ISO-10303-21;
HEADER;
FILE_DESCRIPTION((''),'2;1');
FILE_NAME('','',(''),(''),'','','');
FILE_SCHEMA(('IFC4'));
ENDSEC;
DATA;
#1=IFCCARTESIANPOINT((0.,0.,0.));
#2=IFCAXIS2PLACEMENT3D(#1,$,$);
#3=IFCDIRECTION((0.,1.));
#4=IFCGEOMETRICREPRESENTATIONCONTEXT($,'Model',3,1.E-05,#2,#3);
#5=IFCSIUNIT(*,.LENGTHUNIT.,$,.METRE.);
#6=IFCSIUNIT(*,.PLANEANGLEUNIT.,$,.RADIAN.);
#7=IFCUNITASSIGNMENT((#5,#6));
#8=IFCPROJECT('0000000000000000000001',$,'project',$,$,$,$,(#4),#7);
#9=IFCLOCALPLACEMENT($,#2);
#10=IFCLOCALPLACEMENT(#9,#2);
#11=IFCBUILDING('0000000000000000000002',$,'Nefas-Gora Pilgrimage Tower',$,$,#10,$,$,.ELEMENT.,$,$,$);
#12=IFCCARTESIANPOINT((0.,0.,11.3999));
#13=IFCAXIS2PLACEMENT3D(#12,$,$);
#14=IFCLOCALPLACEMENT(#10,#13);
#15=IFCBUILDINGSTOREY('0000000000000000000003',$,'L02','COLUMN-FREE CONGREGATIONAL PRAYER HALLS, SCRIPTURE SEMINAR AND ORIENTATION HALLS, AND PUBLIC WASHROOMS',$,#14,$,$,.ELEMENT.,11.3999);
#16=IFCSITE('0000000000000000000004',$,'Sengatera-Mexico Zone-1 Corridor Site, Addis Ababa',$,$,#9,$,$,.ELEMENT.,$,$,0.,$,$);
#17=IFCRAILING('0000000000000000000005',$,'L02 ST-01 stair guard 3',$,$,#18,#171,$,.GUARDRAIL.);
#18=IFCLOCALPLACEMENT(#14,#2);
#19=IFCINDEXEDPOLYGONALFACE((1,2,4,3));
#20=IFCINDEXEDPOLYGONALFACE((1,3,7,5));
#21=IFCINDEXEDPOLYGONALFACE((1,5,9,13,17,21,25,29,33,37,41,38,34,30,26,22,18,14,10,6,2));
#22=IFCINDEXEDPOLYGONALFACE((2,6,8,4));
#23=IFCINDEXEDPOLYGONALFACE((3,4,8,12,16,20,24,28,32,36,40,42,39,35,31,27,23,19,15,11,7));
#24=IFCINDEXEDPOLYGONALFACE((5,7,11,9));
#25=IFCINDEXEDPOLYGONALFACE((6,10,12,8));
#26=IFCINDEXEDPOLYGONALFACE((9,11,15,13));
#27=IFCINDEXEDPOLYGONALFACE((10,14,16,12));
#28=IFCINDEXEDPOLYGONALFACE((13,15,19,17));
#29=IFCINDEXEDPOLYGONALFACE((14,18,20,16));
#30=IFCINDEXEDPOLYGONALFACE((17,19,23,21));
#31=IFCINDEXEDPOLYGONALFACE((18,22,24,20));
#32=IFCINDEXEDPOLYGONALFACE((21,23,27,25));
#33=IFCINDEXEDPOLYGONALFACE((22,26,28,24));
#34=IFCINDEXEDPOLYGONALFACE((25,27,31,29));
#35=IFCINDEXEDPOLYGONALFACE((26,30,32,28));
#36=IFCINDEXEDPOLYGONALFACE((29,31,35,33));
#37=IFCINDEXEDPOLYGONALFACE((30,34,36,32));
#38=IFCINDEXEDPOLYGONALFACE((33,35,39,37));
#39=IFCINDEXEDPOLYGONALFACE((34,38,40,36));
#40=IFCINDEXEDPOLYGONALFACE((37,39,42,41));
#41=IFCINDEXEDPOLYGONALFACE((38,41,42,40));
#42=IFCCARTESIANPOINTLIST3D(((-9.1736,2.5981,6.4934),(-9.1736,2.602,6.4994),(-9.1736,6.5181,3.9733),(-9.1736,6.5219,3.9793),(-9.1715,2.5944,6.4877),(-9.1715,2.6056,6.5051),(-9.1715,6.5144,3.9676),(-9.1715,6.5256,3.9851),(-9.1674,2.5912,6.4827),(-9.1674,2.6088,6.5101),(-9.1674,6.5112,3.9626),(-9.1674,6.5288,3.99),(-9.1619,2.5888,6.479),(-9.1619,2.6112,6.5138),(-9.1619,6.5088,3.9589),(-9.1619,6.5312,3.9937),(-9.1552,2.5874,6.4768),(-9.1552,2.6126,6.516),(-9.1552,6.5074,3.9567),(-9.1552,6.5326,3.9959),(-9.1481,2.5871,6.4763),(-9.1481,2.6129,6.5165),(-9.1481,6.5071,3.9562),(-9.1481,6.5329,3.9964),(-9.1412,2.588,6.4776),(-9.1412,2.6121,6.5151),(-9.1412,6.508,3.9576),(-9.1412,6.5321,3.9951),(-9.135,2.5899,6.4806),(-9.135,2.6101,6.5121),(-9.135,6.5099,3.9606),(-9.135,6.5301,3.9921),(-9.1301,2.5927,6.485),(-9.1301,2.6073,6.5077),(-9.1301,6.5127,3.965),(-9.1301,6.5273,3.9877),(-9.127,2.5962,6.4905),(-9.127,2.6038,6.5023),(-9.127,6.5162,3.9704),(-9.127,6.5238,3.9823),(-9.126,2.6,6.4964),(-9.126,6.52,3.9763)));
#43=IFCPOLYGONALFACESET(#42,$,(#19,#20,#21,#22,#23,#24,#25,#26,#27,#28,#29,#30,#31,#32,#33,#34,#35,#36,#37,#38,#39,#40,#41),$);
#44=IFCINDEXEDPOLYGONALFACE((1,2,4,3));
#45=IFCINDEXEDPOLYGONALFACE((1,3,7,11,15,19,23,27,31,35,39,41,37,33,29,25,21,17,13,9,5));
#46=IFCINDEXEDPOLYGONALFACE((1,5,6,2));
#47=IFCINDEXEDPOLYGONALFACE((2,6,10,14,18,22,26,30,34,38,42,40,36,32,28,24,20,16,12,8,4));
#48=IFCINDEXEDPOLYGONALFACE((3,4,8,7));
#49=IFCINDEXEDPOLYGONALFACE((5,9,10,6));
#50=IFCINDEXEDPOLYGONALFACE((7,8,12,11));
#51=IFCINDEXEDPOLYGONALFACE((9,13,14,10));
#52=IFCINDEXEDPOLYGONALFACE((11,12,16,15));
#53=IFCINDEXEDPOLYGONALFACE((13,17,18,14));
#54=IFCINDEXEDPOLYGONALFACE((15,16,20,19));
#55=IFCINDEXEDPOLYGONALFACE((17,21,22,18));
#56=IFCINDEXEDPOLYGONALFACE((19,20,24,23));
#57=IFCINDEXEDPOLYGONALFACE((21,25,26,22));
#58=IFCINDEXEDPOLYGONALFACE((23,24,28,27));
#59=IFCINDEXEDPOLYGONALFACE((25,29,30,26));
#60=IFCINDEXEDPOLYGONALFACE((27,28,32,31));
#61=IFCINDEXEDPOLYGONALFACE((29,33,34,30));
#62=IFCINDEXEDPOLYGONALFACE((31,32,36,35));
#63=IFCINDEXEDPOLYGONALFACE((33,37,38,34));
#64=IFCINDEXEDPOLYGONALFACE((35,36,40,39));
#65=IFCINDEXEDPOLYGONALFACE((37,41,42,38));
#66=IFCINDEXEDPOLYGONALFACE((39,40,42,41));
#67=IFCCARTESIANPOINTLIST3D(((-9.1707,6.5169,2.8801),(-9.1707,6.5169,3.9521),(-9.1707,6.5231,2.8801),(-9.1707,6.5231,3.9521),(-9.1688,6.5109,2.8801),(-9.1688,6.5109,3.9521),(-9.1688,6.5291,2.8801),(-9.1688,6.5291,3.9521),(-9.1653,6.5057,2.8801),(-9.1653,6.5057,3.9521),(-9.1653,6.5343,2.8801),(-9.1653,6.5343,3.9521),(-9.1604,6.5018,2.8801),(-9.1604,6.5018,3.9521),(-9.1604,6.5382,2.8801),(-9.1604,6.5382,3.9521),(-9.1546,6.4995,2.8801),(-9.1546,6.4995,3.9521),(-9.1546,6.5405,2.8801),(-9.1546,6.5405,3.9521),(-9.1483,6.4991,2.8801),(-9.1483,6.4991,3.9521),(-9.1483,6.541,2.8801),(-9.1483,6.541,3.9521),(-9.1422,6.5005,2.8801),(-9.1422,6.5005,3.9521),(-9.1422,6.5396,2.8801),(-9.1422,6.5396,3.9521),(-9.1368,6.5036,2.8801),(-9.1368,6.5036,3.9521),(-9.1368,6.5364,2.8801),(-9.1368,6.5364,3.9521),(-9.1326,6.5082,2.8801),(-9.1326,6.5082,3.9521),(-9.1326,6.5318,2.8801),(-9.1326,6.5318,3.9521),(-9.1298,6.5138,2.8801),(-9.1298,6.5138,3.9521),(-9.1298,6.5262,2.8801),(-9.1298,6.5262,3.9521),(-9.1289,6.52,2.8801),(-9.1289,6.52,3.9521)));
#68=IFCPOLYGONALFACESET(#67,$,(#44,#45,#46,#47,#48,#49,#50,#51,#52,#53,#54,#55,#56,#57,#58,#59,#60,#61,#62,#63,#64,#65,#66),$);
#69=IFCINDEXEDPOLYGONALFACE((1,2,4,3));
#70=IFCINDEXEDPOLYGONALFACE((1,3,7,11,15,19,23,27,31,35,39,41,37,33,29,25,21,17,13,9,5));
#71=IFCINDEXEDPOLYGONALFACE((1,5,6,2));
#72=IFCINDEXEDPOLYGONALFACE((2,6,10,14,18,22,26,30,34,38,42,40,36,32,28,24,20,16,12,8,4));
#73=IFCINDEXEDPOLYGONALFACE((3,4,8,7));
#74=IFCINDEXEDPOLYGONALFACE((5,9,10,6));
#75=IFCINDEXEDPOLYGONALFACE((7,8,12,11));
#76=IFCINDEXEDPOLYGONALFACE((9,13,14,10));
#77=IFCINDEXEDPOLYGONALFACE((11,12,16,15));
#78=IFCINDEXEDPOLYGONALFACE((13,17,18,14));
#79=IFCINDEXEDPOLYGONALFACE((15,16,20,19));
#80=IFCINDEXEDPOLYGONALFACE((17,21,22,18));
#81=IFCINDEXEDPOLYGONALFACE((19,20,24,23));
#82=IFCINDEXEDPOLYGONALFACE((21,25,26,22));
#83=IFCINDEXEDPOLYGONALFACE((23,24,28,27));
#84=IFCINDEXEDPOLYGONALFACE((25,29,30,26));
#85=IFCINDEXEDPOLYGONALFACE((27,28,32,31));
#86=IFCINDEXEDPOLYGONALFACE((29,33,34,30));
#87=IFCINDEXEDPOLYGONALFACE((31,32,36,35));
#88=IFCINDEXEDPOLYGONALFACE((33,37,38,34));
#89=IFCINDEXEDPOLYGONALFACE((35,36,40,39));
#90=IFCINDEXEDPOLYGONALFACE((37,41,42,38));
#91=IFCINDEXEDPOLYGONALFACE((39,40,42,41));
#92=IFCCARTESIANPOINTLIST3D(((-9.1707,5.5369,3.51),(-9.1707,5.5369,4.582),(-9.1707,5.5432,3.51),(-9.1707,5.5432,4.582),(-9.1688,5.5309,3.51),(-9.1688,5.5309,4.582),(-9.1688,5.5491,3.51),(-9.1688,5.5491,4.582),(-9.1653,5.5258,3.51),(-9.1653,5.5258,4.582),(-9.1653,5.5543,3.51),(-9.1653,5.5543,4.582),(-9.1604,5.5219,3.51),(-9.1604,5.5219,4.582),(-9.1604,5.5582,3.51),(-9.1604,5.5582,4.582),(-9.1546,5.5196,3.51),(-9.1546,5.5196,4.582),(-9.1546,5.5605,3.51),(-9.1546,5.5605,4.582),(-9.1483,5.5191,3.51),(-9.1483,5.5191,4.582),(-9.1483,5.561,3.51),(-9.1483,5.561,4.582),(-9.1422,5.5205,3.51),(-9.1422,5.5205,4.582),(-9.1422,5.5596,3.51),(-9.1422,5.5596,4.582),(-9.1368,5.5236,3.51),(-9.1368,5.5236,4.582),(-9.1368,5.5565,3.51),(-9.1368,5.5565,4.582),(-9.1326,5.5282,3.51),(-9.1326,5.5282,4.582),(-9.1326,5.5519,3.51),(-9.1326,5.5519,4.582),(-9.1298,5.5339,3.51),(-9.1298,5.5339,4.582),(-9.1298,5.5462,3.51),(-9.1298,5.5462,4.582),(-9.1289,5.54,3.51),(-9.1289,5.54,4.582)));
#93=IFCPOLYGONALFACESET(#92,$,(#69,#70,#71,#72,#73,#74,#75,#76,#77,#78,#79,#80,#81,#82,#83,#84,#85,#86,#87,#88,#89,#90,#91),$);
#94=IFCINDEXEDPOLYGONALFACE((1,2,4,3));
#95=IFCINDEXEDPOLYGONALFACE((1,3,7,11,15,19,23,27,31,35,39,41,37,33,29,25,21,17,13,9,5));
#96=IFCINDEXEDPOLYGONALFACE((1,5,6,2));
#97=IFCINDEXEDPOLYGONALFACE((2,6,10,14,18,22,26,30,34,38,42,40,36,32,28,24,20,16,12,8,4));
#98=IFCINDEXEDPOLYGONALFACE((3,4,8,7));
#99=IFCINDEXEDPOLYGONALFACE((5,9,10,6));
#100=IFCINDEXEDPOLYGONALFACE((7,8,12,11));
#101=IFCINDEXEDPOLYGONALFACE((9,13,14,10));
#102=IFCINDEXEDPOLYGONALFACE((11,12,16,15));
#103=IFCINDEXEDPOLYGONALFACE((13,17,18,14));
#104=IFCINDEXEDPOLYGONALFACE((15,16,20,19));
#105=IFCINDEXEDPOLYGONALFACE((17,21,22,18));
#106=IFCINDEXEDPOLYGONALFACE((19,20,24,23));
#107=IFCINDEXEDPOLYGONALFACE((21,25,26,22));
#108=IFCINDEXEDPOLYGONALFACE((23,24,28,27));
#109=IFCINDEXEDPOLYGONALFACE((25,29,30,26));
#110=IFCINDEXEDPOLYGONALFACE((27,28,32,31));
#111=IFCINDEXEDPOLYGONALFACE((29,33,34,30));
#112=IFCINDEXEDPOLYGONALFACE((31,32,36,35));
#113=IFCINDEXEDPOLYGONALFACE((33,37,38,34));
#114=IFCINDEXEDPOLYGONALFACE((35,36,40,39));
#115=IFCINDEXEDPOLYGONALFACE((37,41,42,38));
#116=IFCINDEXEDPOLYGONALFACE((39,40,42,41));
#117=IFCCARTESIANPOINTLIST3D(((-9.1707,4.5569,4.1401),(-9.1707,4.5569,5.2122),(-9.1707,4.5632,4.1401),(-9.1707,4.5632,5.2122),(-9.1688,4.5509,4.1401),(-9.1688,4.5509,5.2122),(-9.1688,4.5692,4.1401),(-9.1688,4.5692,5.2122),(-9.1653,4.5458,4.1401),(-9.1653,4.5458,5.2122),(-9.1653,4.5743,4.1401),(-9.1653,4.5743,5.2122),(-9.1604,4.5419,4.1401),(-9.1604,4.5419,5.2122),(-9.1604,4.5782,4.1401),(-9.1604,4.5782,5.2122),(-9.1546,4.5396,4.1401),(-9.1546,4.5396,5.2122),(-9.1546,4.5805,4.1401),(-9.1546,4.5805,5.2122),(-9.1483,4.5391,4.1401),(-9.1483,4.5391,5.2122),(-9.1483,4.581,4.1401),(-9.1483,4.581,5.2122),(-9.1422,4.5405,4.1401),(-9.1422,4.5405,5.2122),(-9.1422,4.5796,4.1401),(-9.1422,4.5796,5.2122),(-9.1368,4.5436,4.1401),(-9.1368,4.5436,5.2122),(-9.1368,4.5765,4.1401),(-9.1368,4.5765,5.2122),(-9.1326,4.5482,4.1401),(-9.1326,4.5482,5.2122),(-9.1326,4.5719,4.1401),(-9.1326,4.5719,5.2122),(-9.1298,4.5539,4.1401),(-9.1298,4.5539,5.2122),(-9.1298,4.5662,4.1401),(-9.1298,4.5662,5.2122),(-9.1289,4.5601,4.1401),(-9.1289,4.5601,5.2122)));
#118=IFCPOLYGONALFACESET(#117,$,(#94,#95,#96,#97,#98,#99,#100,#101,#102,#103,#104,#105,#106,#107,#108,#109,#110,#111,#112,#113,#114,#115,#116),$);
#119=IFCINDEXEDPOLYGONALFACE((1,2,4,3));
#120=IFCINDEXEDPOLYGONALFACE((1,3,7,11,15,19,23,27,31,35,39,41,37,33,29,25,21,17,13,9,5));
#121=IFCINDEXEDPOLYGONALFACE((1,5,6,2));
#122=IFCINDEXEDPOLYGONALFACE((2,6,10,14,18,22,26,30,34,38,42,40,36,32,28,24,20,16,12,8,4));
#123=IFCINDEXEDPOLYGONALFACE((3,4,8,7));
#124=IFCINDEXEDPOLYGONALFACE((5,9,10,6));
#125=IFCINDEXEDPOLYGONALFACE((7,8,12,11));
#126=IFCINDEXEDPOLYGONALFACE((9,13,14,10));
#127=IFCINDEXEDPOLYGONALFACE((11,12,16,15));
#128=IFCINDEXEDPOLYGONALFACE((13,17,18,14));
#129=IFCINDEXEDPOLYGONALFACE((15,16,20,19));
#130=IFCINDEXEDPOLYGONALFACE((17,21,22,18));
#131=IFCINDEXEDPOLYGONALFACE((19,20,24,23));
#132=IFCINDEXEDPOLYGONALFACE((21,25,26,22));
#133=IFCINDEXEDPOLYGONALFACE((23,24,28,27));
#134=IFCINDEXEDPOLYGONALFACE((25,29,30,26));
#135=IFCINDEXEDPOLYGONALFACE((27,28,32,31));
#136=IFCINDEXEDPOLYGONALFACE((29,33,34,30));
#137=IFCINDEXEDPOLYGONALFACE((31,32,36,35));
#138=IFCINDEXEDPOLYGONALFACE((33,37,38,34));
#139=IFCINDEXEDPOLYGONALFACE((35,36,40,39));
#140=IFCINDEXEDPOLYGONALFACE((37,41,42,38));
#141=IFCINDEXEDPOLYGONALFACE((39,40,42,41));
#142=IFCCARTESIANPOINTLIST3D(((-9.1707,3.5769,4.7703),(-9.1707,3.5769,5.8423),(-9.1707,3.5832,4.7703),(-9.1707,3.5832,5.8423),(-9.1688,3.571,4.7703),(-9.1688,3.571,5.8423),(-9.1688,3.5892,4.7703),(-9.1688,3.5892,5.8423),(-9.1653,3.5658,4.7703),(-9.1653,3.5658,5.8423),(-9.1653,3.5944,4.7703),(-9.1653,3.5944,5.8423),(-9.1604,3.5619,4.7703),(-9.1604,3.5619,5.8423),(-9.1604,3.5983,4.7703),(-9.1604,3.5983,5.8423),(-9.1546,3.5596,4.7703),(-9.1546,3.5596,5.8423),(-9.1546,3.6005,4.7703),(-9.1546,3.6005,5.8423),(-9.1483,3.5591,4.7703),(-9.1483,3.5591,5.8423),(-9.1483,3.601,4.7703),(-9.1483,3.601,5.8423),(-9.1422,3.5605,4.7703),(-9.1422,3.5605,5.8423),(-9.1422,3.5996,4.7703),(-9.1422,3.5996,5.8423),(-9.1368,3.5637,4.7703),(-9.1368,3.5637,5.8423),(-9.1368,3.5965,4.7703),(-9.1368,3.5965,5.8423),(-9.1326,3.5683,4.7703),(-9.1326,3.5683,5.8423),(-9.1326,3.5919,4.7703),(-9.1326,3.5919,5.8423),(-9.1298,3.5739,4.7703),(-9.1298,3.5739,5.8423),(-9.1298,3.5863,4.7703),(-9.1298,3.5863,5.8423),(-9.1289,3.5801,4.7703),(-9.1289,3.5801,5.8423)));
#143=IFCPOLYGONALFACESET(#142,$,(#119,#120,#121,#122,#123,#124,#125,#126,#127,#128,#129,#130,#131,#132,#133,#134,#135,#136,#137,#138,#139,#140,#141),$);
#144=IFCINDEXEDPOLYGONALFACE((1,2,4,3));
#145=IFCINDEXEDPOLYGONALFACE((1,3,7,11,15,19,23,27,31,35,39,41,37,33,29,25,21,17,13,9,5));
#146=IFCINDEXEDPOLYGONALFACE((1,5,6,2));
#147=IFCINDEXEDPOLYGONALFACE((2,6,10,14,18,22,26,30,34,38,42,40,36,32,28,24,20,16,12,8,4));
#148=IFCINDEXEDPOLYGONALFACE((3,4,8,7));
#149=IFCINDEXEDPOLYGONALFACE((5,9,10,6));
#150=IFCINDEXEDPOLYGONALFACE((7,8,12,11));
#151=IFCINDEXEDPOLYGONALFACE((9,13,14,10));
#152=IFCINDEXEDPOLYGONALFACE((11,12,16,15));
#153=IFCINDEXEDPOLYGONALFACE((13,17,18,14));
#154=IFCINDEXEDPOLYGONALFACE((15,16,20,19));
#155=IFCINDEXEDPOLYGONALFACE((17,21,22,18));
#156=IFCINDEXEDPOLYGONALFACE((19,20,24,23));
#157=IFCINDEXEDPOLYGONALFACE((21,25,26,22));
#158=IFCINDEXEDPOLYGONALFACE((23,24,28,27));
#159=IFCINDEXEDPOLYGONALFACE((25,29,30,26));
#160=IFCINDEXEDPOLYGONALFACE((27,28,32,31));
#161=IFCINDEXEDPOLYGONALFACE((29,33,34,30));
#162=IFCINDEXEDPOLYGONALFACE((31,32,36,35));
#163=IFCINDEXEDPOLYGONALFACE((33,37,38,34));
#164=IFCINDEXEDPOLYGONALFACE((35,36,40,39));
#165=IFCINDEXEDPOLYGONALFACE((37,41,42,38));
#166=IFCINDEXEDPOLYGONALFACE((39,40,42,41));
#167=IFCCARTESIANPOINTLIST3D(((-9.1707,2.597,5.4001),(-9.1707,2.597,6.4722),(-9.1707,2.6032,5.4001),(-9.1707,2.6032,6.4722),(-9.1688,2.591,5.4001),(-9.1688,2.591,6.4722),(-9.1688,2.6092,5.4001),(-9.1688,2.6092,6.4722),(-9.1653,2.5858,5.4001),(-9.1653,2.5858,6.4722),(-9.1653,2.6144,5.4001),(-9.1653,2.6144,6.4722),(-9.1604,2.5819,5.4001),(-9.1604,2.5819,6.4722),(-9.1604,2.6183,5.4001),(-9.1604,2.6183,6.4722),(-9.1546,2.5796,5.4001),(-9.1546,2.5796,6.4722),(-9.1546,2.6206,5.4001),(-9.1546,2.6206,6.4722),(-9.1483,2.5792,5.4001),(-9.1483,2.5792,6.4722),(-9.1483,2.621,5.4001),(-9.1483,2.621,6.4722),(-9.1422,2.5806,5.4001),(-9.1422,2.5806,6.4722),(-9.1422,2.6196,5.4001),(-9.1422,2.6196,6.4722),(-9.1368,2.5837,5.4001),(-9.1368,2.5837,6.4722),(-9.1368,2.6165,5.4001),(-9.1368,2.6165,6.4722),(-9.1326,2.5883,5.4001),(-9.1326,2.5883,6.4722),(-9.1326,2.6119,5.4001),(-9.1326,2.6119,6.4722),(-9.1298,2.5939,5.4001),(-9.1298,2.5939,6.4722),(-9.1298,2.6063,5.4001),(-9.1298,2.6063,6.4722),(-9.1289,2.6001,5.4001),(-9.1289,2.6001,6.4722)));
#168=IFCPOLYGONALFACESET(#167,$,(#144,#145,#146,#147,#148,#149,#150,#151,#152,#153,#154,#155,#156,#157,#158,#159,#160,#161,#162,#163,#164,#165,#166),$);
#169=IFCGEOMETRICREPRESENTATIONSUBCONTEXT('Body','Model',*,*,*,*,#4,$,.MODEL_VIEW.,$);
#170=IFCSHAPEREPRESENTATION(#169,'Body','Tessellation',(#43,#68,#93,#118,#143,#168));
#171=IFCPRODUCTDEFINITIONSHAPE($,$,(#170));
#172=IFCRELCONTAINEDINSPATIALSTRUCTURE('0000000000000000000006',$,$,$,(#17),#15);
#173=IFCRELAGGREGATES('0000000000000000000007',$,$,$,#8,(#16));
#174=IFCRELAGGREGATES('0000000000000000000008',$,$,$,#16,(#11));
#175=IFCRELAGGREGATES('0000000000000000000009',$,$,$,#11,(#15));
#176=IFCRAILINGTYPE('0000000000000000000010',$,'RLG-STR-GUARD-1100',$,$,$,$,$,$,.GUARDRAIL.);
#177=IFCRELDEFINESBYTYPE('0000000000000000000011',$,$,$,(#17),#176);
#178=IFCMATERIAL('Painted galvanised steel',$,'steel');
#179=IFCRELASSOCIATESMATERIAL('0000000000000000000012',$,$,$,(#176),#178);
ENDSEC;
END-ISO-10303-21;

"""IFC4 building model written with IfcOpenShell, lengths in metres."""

from ifc_helpers import new_model, si_unit, direction, frame, origin, origin_2d, place, context, subcontext, project, spatial, circle, extrude, material, type_object, element, save


model = new_model("IFC4")

# Units and contexts
model_context = context("Model", 3, precision=1e-05, world=origin(), true_north=direction((0.0, 1.0)))
body_context = subcontext(model_context, "Body", "Model", "MODEL_VIEW")
ifc_project = project(units=[si_unit("LENGTHUNIT", "METRE"), si_unit("PLANEANGLEUNIT", "RADIAN")], contexts=[model_context])

# Site, building, storey
site_placement = place(None, origin())
site = spatial("IfcSite", under=ifc_project, at=site_placement, Name="Sengatera-Mexico Zone-1 Corridor Site, Addis Ababa", CompositionType="ELEMENT", RefElevation=0.0)
building_placement = place(site_placement, origin())
building = spatial("IfcBuilding", under=site, at=building_placement, Name="Nefas-Gora Pilgrimage Tower", CompositionType="ELEMENT")
storey_placement = place(building_placement, frame((0.0, 0.0, 11.3999)))
storey = spatial("IfcBuildingStorey", under=building, at=storey_placement, Name="L02", Description="COLUMN-FREE CONGREGATIONAL PRAYER HALLS, SCRIPTURE SEMINAR AND ORIENTATION HALLS, AND PUBLIC WASHROOMS", CompositionType="ELEMENT", Elevation=11.3999)

# Railing
ifc_material_1 = material(Name="Painted galvanised steel", Category="steel")
railing_type_1 = type_object("IfcRailingType", Name="RLG-STR-GUARD-1100", PredefinedType="GUARDRAIL", material=ifc_material_1)
railing_1_placement = place(storey_placement, frame((-9.1499, 6.52, 2.8801)))
element("IfcRailing", 1, at=railing_1_placement, inside=storey, type_object=railing_type_1, Name="L02 ST-01 stair guard 3", PredefinedType="GUARDRAIL", context=body_context, shape_type="SweptSolid", body=[
    extrude(circle(Radius=0.0239, at=origin_2d()), frame((0.0, 0.0, 1.0962), z_axis=(0.0, -0.841172, 0.540768), x_axis=(1.0, 0.0, 0.0)), (0.0, 0.0, 1.0), 4.6602),
    extrude(circle(Radius=0.021, at=origin_2d()), origin(), (0.0, 0.0, 1.0), 1.072),
    extrude(circle(Radius=0.021, at=origin_2d()), frame((0.0, -0.98, 0.6299)), (0.0, 0.0, 1.0), 1.072),
    extrude(circle(Radius=0.021, at=origin_2d()), frame((0.0, -1.96, 1.26)), (0.0, 0.0, 1.0), 1.072),
    extrude(circle(Radius=0.021, at=origin_2d()), frame((0.0, -2.9399, 1.8901)), (0.0, 0.0, 1.0), 1.072),
    extrude(circle(Radius=0.021, at=origin_2d()), frame((0.0, -3.9199, 2.52)), (0.0, 0.0, 1.0), 1.072),
])

save(model, "model.ifc")
